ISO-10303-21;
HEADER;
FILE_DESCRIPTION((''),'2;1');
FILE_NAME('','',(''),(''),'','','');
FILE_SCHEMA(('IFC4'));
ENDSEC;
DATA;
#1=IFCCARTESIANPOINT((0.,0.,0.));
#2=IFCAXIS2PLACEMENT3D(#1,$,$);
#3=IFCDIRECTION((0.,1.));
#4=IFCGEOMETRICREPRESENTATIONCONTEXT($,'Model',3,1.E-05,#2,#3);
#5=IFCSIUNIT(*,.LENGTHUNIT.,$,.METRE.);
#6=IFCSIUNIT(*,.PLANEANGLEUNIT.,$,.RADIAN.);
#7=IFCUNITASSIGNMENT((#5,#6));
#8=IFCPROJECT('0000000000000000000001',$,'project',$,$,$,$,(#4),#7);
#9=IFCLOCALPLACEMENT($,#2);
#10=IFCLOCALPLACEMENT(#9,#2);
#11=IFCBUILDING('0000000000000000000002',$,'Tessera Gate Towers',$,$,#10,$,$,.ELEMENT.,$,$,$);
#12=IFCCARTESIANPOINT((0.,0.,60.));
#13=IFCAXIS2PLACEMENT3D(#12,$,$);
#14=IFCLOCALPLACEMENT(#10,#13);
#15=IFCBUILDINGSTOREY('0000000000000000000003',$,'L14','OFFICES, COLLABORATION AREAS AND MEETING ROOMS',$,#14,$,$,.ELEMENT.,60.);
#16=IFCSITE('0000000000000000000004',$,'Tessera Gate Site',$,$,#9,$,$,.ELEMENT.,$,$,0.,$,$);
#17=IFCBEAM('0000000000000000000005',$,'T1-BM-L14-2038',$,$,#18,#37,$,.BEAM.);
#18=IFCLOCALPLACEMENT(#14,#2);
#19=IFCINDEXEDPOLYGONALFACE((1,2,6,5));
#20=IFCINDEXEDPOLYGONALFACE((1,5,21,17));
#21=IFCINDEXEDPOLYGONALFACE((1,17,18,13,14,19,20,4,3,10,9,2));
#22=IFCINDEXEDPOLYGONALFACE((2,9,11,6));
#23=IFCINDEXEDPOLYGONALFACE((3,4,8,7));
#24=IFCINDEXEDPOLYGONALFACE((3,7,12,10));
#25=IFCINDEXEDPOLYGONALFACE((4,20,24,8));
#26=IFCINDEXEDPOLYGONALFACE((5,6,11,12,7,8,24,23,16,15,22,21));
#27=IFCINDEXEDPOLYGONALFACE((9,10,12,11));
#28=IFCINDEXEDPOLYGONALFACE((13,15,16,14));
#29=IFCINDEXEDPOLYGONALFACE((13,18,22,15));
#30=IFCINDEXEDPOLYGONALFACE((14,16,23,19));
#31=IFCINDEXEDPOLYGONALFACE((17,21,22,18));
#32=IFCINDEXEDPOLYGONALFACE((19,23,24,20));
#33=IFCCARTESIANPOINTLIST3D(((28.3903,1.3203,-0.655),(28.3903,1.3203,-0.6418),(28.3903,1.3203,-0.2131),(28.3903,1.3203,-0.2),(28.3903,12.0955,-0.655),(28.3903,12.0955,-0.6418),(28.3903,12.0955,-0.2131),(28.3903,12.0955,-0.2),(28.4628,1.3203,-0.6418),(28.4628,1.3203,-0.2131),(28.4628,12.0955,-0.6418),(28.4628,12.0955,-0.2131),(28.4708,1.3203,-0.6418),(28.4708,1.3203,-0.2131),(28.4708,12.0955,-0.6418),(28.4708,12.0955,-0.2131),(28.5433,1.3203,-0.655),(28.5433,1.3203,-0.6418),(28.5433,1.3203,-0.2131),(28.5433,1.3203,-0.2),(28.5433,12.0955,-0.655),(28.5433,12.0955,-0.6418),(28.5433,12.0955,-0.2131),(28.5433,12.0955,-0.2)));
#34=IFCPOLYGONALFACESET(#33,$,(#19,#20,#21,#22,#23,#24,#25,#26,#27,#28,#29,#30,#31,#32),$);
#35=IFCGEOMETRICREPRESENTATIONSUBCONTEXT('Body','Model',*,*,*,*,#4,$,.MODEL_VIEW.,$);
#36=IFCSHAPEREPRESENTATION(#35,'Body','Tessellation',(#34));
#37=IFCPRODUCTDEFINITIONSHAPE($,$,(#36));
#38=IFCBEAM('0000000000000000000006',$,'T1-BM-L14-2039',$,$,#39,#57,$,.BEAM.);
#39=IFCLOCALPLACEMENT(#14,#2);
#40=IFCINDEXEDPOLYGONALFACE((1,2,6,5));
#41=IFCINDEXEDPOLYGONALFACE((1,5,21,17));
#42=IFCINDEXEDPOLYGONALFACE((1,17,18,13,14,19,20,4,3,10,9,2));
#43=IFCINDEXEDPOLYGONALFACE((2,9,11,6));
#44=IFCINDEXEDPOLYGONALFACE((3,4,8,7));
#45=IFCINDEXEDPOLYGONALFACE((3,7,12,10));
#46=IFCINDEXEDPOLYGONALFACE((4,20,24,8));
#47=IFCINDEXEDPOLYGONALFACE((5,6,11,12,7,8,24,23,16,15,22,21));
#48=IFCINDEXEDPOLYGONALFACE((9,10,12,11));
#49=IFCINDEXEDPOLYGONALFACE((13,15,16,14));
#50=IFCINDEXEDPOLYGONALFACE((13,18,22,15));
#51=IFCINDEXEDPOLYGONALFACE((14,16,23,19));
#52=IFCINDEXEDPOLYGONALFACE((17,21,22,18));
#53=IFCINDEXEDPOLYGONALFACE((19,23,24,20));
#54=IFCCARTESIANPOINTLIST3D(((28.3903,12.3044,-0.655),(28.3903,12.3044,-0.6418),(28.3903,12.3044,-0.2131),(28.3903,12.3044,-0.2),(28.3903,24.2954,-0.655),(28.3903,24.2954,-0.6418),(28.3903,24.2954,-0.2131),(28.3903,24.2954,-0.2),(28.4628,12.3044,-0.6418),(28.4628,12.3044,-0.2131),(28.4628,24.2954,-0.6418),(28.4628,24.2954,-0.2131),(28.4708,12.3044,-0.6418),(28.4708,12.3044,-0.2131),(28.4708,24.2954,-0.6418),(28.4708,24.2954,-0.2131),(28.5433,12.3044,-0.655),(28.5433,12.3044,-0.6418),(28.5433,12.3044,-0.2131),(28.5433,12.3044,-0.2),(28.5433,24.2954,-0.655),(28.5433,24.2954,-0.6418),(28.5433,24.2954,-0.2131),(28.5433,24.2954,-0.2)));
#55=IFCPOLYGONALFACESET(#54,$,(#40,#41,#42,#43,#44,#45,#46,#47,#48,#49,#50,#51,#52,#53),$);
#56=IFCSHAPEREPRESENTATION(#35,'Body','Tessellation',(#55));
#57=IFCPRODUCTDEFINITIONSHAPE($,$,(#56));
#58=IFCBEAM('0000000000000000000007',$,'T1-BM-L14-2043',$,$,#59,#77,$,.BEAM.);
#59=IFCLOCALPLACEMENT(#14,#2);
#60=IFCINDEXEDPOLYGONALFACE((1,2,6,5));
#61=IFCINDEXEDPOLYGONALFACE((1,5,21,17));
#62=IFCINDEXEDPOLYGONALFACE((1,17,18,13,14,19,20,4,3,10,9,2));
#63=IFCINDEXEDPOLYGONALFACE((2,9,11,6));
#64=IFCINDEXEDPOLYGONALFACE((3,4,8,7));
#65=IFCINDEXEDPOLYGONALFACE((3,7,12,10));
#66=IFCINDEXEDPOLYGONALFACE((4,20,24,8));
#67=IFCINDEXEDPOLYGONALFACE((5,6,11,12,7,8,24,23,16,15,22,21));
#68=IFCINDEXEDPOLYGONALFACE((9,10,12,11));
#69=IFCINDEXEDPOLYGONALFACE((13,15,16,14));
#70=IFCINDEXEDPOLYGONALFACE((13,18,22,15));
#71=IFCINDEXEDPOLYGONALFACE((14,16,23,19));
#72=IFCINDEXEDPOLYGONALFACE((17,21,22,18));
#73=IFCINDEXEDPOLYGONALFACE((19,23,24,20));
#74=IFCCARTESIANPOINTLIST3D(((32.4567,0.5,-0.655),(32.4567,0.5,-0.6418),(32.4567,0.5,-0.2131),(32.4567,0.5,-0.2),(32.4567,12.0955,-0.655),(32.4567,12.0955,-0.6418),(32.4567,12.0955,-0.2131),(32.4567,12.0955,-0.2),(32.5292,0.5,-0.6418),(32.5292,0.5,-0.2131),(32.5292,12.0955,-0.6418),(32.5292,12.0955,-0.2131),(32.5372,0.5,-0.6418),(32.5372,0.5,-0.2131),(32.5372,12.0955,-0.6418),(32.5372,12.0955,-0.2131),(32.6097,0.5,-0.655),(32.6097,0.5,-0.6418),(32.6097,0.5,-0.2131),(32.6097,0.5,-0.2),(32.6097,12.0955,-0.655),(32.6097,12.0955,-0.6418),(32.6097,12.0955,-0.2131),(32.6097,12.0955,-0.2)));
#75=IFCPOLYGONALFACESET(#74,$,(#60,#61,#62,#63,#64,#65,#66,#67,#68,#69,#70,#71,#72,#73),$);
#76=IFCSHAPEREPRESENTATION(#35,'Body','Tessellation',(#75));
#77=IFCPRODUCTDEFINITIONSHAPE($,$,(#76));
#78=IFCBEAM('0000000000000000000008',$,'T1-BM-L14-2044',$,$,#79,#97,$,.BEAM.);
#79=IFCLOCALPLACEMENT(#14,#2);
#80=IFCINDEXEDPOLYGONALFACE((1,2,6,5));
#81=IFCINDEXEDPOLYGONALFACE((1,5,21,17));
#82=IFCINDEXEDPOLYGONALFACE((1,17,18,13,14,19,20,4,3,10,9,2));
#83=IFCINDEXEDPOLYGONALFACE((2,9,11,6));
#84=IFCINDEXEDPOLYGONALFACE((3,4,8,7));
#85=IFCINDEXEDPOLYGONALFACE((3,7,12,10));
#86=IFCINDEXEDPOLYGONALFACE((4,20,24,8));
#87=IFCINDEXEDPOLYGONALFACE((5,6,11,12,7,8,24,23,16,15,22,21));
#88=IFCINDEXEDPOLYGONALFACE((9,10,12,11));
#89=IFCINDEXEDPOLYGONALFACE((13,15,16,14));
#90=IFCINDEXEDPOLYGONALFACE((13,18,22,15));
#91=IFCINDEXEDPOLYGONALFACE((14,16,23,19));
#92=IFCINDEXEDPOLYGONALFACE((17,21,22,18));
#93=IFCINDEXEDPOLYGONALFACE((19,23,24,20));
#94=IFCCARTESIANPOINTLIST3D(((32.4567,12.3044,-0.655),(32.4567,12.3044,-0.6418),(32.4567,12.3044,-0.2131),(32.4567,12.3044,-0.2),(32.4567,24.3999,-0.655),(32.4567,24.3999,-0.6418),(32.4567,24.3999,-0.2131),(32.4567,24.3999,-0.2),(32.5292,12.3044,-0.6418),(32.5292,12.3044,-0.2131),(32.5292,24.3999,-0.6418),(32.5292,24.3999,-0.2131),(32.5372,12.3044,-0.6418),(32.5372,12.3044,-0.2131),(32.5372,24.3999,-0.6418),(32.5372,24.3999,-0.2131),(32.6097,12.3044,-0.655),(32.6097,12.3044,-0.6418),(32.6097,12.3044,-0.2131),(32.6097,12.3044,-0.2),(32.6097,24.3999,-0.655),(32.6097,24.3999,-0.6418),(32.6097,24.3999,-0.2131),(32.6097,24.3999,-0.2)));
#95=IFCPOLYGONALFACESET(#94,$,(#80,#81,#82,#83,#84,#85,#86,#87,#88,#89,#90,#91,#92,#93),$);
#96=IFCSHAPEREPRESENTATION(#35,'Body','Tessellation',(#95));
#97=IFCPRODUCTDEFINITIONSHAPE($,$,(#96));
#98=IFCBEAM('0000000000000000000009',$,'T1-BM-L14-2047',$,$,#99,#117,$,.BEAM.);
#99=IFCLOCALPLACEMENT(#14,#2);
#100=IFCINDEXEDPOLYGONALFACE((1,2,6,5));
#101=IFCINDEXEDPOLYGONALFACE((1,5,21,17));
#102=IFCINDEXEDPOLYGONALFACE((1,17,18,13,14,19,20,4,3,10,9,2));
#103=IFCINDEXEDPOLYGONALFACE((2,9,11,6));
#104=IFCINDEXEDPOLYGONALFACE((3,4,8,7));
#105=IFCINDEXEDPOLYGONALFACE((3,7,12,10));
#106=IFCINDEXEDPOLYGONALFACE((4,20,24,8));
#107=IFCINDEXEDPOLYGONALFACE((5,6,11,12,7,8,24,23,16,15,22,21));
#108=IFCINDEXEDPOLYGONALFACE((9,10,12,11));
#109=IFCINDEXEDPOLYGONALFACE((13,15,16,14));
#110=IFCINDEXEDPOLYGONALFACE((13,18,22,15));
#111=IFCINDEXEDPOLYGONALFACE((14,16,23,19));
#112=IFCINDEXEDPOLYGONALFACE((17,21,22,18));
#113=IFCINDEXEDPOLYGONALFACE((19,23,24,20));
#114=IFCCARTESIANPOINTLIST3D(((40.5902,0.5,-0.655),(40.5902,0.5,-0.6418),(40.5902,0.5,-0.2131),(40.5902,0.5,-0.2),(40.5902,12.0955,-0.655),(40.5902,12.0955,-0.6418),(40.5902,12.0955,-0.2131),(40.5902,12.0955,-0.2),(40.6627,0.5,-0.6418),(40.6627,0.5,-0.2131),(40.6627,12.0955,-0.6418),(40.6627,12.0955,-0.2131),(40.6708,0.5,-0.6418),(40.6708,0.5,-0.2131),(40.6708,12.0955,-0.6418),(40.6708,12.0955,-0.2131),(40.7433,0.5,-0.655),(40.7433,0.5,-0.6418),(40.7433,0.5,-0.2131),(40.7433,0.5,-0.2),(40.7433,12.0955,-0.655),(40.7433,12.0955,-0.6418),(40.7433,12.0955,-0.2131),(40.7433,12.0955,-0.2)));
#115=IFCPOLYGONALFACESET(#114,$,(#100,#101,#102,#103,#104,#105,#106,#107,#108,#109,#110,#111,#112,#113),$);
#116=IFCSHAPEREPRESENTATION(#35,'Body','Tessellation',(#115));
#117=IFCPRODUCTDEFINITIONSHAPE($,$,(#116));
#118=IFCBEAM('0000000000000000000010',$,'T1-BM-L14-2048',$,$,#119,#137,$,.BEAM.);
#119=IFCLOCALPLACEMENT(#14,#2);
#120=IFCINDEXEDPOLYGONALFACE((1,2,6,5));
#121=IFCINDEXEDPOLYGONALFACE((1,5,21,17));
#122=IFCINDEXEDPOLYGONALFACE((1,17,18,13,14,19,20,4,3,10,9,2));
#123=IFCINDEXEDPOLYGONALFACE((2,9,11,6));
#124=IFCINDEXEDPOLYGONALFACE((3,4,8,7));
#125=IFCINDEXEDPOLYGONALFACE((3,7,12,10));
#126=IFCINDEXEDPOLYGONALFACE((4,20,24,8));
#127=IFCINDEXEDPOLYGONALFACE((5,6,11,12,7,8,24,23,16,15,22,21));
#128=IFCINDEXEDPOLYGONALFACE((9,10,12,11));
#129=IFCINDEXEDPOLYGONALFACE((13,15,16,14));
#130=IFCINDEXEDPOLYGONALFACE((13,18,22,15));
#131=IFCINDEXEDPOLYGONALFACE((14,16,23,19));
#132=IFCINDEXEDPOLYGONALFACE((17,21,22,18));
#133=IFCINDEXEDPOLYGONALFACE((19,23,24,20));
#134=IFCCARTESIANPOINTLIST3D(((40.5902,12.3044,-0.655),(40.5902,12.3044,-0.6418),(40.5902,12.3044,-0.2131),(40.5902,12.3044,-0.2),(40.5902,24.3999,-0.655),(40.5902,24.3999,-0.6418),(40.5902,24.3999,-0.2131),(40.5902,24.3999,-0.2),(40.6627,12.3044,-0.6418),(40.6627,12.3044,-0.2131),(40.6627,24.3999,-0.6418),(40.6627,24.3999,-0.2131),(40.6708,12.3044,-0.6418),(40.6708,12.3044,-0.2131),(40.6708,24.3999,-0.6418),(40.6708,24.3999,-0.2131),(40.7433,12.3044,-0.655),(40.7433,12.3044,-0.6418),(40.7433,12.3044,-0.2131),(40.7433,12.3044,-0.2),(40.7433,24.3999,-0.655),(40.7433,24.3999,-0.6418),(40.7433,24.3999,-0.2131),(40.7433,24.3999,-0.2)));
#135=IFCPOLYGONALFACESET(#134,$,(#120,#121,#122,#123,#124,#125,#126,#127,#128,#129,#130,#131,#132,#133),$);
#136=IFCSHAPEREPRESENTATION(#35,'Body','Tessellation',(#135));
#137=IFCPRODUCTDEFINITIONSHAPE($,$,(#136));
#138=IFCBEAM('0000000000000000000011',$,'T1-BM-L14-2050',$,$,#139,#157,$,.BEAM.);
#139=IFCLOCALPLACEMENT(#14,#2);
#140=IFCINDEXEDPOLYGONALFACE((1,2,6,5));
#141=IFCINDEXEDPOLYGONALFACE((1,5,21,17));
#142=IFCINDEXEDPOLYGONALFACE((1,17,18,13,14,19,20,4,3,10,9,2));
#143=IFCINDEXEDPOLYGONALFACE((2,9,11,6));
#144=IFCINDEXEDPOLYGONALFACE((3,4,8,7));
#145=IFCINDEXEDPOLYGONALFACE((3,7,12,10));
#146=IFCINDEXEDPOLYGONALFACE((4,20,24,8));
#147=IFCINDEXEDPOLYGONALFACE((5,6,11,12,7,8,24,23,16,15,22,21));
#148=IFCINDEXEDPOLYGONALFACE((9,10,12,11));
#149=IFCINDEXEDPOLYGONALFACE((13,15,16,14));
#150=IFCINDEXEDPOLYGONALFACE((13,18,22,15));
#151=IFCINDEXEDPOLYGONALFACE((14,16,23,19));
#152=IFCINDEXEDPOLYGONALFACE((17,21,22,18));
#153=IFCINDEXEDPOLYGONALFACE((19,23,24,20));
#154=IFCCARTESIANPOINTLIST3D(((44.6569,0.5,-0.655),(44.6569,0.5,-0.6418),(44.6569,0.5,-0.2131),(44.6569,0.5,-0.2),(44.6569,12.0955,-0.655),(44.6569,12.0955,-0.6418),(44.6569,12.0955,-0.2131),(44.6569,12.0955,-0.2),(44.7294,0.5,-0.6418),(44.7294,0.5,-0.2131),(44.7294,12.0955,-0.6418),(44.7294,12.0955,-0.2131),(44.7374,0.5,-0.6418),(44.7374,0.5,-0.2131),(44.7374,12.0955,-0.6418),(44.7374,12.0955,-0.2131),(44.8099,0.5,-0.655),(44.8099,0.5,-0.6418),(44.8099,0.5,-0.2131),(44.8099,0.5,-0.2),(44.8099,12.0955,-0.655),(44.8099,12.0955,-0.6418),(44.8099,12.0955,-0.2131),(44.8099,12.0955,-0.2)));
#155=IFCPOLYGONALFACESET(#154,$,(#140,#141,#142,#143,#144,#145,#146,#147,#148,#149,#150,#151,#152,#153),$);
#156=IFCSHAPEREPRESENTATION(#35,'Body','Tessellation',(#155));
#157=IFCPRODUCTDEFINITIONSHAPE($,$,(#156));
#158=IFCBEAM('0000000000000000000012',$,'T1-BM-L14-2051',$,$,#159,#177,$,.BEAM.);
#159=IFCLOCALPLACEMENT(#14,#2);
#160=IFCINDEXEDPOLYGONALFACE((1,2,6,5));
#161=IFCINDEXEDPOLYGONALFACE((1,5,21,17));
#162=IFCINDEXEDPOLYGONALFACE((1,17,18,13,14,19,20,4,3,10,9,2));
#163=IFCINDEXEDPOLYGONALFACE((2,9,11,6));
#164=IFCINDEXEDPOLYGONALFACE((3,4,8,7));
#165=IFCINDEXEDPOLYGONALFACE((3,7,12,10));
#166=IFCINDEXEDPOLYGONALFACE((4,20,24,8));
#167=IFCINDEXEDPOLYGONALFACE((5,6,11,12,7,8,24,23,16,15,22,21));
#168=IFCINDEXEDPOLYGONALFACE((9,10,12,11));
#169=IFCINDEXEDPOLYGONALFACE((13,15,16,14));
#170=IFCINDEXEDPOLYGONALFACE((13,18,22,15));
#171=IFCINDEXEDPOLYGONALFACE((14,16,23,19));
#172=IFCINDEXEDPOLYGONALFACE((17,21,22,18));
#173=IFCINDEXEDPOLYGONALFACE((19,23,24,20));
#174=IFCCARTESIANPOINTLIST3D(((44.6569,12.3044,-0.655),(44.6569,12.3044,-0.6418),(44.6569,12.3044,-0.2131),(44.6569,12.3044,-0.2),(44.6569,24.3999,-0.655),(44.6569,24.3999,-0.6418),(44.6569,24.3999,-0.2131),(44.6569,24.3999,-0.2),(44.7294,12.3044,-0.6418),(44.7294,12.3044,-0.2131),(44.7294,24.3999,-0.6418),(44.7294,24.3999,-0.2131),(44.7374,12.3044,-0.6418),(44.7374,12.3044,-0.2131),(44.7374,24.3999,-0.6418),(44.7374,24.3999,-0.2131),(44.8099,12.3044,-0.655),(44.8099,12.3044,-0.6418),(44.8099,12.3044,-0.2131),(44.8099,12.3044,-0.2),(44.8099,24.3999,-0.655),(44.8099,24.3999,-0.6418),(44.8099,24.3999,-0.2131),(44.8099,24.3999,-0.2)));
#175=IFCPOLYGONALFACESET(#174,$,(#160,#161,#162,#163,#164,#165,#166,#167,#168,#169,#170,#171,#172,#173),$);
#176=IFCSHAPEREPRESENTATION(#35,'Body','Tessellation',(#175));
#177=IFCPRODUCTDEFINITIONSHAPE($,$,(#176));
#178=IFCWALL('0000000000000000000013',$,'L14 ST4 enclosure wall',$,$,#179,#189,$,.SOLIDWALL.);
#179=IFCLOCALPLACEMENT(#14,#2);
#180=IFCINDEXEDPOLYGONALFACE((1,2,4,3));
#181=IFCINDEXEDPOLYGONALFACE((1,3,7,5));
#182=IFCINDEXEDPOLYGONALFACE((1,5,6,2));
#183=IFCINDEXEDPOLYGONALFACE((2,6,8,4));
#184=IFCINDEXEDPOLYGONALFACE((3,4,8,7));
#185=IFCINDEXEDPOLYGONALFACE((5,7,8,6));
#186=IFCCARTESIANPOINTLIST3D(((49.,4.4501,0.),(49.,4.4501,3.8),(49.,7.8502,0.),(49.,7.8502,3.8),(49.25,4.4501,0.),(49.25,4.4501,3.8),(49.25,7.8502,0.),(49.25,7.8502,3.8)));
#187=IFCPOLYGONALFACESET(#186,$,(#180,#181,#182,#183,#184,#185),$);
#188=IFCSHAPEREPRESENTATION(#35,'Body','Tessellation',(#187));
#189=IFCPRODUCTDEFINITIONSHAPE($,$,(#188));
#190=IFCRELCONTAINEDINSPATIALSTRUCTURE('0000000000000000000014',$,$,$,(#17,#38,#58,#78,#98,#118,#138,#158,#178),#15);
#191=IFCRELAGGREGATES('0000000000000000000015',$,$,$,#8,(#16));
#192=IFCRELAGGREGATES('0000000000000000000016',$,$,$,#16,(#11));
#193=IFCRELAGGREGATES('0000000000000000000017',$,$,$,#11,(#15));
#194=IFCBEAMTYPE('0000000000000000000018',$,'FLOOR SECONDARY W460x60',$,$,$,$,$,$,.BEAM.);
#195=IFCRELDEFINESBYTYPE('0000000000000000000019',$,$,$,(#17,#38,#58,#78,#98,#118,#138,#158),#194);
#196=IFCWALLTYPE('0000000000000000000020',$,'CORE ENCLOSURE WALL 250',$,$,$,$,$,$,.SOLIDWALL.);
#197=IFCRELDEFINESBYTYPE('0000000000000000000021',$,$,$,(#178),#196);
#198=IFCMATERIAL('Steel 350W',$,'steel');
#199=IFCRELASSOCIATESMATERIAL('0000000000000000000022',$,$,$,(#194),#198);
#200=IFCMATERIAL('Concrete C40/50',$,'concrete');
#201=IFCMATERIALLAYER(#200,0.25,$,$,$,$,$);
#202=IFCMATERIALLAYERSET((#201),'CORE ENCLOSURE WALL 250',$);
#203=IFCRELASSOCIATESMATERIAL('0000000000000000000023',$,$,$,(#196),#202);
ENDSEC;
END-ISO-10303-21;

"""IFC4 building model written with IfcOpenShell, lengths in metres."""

from ifc_helpers import new_model, si_unit, direction, frame, frame_2d, origin, origin_2d, place, context, subcontext, project, spatial, rectangle, i_section, extrude, material, layer, layer_set, material_profile, profile_set, type_object, element, save


model = new_model("IFC4")

# Units and contexts
model_context = context("Model", 3, precision=1e-05, world=origin(), true_north=direction((0.0, 1.0)))
body_context = subcontext(model_context, "Body", "Model", "MODEL_VIEW")
ifc_project = project(units=[si_unit("LENGTHUNIT", "METRE"), si_unit("PLANEANGLEUNIT", "RADIAN")], contexts=[model_context])

# Site, building, storey
site_placement = place(None, origin())
site = spatial("IfcSite", under=ifc_project, at=site_placement, Name="Tessera Gate Site", CompositionType="ELEMENT", RefElevation=0.0)
building_placement = place(site_placement, origin())
building = spatial("IfcBuilding", under=site, at=building_placement, Name="Tessera Gate Towers", CompositionType="ELEMENT")
storey_placement = place(building_placement, frame((0.0, 0.0, 60.0)))
storey = spatial("IfcBuildingStorey", under=building, at=storey_placement, Name="L14", Description="OFFICES, COLLABORATION AREAS AND MEETING ROOMS", CompositionType="ELEMENT", Elevation=60.0)

# Beams
ifc_material_1 = material(Name="Steel 350W", Category="steel")
ifc_material_profile_1 = material_profile(ifc_material_1, i_section(OverallWidth=0.1531, OverallDepth=0.4551, WebThickness=0.0081, FlangeThickness=0.0132, at=origin_2d()), Name="W460x60")
ifc_profile_set_1 = profile_set([ifc_material_profile_1], Name="Steel 350W")
beam_type_1 = type_object("IfcBeamType", Name="FLOOR SECONDARY W460x60", PredefinedType="BEAM", material=ifc_profile_set_1)
beam_1_placement = place(storey_placement, frame((28.4668, 1.3203, -0.4275), z_axis=(0.0, 1.0, 0.0), x_axis=(-1.0, 0.0, 0.0)))
element("IfcBeam", 1, at=beam_1_placement, inside=storey, type_object=beam_type_1, Name="T1-BM-L14-2038", PredefinedType="BEAM", context=body_context, shape_type="SweptSolid", body=[
    extrude(i_section(OverallWidth=0.1531, OverallDepth=0.4551, WebThickness=0.0081, FlangeThickness=0.0132, at=origin_2d()), origin(), (0.0, 0.0, 1.0), 10.7751),
])
beam_2_placement = place(storey_placement, frame((28.4668, 12.3044, -0.4275), z_axis=(0.0, 1.0, 0.0), x_axis=(-1.0, 0.0, 0.0)))
element("IfcBeam", 2, at=beam_2_placement, inside=storey, type_object=beam_type_1, Name="T1-BM-L14-2039", PredefinedType="BEAM", context=body_context, shape_type="SweptSolid", body=[
    extrude(i_section(OverallWidth=0.1531, OverallDepth=0.4551, WebThickness=0.0081, FlangeThickness=0.0132, at=origin_2d()), origin(), (0.0, 0.0, 1.0), 11.991),
])
beam_3_placement = place(storey_placement, frame((32.5332, 0.5, -0.4275), z_axis=(0.0, 1.0, 0.0), x_axis=(-1.0, 0.0, 0.0)))
element("IfcBeam", 3, at=beam_3_placement, inside=storey, type_object=beam_type_1, Name="T1-BM-L14-2043", PredefinedType="BEAM", context=body_context, shape_type="SweptSolid", body=[
    extrude(i_section(OverallWidth=0.1531, OverallDepth=0.4551, WebThickness=0.0081, FlangeThickness=0.0132, at=origin_2d()), origin(), (0.0, 0.0, 1.0), 11.5955),
])
beam_4_placement = place(storey_placement, frame((32.5332, 12.3044, -0.4275), z_axis=(0.0, 1.0, 0.0), x_axis=(-1.0, 0.0, 0.0)))
element("IfcBeam", 4, at=beam_4_placement, inside=storey, type_object=beam_type_1, Name="T1-BM-L14-2044", PredefinedType="BEAM", context=body_context, shape_type="SweptSolid", body=[
    extrude(i_section(OverallWidth=0.1531, OverallDepth=0.4551, WebThickness=0.0081, FlangeThickness=0.0132, at=origin_2d()), origin(), (0.0, 0.0, 1.0), 12.0955),
])
beam_5_placement = place(storey_placement, frame((40.6667, 0.5, -0.4275), z_axis=(0.0, 1.0, 0.0), x_axis=(-1.0, 0.0, 0.0)))
element("IfcBeam", 5, at=beam_5_placement, inside=storey, type_object=beam_type_1, Name="T1-BM-L14-2047", PredefinedType="BEAM", context=body_context, shape_type="SweptSolid", body=[
    extrude(i_section(OverallWidth=0.1531, OverallDepth=0.4551, WebThickness=0.0081, FlangeThickness=0.0132, at=origin_2d()), origin(), (0.0, 0.0, 1.0), 11.5955),
])
beam_6_placement = place(storey_placement, frame((40.6667, 12.3044, -0.4275), z_axis=(0.0, 1.0, 0.0), x_axis=(-1.0, 0.0, 0.0)))
element("IfcBeam", 6, at=beam_6_placement, inside=storey, type_object=beam_type_1, Name="T1-BM-L14-2048", PredefinedType="BEAM", context=body_context, shape_type="SweptSolid", body=[
    extrude(i_section(OverallWidth=0.1531, OverallDepth=0.4551, WebThickness=0.0081, FlangeThickness=0.0132, at=origin_2d()), origin(), (0.0, 0.0, 1.0), 12.0955),
])
beam_7_placement = place(storey_placement, frame((44.7334, 0.5, -0.4275), z_axis=(0.0, 1.0, 0.0), x_axis=(-1.0, 0.0, 0.0)))
element("IfcBeam", 7, at=beam_7_placement, inside=storey, type_object=beam_type_1, Name="T1-BM-L14-2050", PredefinedType="BEAM", context=body_context, shape_type="SweptSolid", body=[
    extrude(i_section(OverallWidth=0.1531, OverallDepth=0.4551, WebThickness=0.0081, FlangeThickness=0.0132, at=origin_2d()), origin(), (0.0, 0.0, 1.0), 11.5955),
])
beam_8_placement = place(storey_placement, frame((44.7334, 12.3044, -0.4275), z_axis=(0.0, 1.0, 0.0), x_axis=(-1.0, 0.0, 0.0)))
element("IfcBeam", 8, at=beam_8_placement, inside=storey, type_object=beam_type_1, Name="T1-BM-L14-2051", PredefinedType="BEAM", context=body_context, shape_type="SweptSolid", body=[
    extrude(i_section(OverallWidth=0.1531, OverallDepth=0.4551, WebThickness=0.0081, FlangeThickness=0.0132, at=origin_2d()), origin(), (0.0, 0.0, 1.0), 12.0955),
])

# Wall
ifc_material_2 = material(Name="Concrete C40/50", Category="concrete")
ifc_layer_1 = layer(ifc_material_2, 0.25)
ifc_layer_set_1 = layer_set([ifc_layer_1], Name="CORE ENCLOSURE WALL 250")
wall_type_1 = type_object("IfcWallType", Name="CORE ENCLOSURE WALL 250", PredefinedType="SOLIDWALL", material=ifc_layer_set_1)
wall_1_placement = place(storey_placement, frame((49.125, 4.45, 0.0), z_axis=(0.0, 0.0, 1.0), x_axis=(0.0, 1.0, 0.0)))
element("IfcWall", 9, at=wall_1_placement, inside=storey, type_object=wall_type_1, Name="L14 ST4 enclosure wall", PredefinedType="SOLIDWALL", context=body_context, shape_type="SweptSolid", body=[
    extrude(rectangle(XDim=3.4001, YDim=0.25, at=frame_2d((1.7002, 0.0))), origin(), (0.0, 0.0, 1.0), 3.8),
])

save(model, "model.ifc")
